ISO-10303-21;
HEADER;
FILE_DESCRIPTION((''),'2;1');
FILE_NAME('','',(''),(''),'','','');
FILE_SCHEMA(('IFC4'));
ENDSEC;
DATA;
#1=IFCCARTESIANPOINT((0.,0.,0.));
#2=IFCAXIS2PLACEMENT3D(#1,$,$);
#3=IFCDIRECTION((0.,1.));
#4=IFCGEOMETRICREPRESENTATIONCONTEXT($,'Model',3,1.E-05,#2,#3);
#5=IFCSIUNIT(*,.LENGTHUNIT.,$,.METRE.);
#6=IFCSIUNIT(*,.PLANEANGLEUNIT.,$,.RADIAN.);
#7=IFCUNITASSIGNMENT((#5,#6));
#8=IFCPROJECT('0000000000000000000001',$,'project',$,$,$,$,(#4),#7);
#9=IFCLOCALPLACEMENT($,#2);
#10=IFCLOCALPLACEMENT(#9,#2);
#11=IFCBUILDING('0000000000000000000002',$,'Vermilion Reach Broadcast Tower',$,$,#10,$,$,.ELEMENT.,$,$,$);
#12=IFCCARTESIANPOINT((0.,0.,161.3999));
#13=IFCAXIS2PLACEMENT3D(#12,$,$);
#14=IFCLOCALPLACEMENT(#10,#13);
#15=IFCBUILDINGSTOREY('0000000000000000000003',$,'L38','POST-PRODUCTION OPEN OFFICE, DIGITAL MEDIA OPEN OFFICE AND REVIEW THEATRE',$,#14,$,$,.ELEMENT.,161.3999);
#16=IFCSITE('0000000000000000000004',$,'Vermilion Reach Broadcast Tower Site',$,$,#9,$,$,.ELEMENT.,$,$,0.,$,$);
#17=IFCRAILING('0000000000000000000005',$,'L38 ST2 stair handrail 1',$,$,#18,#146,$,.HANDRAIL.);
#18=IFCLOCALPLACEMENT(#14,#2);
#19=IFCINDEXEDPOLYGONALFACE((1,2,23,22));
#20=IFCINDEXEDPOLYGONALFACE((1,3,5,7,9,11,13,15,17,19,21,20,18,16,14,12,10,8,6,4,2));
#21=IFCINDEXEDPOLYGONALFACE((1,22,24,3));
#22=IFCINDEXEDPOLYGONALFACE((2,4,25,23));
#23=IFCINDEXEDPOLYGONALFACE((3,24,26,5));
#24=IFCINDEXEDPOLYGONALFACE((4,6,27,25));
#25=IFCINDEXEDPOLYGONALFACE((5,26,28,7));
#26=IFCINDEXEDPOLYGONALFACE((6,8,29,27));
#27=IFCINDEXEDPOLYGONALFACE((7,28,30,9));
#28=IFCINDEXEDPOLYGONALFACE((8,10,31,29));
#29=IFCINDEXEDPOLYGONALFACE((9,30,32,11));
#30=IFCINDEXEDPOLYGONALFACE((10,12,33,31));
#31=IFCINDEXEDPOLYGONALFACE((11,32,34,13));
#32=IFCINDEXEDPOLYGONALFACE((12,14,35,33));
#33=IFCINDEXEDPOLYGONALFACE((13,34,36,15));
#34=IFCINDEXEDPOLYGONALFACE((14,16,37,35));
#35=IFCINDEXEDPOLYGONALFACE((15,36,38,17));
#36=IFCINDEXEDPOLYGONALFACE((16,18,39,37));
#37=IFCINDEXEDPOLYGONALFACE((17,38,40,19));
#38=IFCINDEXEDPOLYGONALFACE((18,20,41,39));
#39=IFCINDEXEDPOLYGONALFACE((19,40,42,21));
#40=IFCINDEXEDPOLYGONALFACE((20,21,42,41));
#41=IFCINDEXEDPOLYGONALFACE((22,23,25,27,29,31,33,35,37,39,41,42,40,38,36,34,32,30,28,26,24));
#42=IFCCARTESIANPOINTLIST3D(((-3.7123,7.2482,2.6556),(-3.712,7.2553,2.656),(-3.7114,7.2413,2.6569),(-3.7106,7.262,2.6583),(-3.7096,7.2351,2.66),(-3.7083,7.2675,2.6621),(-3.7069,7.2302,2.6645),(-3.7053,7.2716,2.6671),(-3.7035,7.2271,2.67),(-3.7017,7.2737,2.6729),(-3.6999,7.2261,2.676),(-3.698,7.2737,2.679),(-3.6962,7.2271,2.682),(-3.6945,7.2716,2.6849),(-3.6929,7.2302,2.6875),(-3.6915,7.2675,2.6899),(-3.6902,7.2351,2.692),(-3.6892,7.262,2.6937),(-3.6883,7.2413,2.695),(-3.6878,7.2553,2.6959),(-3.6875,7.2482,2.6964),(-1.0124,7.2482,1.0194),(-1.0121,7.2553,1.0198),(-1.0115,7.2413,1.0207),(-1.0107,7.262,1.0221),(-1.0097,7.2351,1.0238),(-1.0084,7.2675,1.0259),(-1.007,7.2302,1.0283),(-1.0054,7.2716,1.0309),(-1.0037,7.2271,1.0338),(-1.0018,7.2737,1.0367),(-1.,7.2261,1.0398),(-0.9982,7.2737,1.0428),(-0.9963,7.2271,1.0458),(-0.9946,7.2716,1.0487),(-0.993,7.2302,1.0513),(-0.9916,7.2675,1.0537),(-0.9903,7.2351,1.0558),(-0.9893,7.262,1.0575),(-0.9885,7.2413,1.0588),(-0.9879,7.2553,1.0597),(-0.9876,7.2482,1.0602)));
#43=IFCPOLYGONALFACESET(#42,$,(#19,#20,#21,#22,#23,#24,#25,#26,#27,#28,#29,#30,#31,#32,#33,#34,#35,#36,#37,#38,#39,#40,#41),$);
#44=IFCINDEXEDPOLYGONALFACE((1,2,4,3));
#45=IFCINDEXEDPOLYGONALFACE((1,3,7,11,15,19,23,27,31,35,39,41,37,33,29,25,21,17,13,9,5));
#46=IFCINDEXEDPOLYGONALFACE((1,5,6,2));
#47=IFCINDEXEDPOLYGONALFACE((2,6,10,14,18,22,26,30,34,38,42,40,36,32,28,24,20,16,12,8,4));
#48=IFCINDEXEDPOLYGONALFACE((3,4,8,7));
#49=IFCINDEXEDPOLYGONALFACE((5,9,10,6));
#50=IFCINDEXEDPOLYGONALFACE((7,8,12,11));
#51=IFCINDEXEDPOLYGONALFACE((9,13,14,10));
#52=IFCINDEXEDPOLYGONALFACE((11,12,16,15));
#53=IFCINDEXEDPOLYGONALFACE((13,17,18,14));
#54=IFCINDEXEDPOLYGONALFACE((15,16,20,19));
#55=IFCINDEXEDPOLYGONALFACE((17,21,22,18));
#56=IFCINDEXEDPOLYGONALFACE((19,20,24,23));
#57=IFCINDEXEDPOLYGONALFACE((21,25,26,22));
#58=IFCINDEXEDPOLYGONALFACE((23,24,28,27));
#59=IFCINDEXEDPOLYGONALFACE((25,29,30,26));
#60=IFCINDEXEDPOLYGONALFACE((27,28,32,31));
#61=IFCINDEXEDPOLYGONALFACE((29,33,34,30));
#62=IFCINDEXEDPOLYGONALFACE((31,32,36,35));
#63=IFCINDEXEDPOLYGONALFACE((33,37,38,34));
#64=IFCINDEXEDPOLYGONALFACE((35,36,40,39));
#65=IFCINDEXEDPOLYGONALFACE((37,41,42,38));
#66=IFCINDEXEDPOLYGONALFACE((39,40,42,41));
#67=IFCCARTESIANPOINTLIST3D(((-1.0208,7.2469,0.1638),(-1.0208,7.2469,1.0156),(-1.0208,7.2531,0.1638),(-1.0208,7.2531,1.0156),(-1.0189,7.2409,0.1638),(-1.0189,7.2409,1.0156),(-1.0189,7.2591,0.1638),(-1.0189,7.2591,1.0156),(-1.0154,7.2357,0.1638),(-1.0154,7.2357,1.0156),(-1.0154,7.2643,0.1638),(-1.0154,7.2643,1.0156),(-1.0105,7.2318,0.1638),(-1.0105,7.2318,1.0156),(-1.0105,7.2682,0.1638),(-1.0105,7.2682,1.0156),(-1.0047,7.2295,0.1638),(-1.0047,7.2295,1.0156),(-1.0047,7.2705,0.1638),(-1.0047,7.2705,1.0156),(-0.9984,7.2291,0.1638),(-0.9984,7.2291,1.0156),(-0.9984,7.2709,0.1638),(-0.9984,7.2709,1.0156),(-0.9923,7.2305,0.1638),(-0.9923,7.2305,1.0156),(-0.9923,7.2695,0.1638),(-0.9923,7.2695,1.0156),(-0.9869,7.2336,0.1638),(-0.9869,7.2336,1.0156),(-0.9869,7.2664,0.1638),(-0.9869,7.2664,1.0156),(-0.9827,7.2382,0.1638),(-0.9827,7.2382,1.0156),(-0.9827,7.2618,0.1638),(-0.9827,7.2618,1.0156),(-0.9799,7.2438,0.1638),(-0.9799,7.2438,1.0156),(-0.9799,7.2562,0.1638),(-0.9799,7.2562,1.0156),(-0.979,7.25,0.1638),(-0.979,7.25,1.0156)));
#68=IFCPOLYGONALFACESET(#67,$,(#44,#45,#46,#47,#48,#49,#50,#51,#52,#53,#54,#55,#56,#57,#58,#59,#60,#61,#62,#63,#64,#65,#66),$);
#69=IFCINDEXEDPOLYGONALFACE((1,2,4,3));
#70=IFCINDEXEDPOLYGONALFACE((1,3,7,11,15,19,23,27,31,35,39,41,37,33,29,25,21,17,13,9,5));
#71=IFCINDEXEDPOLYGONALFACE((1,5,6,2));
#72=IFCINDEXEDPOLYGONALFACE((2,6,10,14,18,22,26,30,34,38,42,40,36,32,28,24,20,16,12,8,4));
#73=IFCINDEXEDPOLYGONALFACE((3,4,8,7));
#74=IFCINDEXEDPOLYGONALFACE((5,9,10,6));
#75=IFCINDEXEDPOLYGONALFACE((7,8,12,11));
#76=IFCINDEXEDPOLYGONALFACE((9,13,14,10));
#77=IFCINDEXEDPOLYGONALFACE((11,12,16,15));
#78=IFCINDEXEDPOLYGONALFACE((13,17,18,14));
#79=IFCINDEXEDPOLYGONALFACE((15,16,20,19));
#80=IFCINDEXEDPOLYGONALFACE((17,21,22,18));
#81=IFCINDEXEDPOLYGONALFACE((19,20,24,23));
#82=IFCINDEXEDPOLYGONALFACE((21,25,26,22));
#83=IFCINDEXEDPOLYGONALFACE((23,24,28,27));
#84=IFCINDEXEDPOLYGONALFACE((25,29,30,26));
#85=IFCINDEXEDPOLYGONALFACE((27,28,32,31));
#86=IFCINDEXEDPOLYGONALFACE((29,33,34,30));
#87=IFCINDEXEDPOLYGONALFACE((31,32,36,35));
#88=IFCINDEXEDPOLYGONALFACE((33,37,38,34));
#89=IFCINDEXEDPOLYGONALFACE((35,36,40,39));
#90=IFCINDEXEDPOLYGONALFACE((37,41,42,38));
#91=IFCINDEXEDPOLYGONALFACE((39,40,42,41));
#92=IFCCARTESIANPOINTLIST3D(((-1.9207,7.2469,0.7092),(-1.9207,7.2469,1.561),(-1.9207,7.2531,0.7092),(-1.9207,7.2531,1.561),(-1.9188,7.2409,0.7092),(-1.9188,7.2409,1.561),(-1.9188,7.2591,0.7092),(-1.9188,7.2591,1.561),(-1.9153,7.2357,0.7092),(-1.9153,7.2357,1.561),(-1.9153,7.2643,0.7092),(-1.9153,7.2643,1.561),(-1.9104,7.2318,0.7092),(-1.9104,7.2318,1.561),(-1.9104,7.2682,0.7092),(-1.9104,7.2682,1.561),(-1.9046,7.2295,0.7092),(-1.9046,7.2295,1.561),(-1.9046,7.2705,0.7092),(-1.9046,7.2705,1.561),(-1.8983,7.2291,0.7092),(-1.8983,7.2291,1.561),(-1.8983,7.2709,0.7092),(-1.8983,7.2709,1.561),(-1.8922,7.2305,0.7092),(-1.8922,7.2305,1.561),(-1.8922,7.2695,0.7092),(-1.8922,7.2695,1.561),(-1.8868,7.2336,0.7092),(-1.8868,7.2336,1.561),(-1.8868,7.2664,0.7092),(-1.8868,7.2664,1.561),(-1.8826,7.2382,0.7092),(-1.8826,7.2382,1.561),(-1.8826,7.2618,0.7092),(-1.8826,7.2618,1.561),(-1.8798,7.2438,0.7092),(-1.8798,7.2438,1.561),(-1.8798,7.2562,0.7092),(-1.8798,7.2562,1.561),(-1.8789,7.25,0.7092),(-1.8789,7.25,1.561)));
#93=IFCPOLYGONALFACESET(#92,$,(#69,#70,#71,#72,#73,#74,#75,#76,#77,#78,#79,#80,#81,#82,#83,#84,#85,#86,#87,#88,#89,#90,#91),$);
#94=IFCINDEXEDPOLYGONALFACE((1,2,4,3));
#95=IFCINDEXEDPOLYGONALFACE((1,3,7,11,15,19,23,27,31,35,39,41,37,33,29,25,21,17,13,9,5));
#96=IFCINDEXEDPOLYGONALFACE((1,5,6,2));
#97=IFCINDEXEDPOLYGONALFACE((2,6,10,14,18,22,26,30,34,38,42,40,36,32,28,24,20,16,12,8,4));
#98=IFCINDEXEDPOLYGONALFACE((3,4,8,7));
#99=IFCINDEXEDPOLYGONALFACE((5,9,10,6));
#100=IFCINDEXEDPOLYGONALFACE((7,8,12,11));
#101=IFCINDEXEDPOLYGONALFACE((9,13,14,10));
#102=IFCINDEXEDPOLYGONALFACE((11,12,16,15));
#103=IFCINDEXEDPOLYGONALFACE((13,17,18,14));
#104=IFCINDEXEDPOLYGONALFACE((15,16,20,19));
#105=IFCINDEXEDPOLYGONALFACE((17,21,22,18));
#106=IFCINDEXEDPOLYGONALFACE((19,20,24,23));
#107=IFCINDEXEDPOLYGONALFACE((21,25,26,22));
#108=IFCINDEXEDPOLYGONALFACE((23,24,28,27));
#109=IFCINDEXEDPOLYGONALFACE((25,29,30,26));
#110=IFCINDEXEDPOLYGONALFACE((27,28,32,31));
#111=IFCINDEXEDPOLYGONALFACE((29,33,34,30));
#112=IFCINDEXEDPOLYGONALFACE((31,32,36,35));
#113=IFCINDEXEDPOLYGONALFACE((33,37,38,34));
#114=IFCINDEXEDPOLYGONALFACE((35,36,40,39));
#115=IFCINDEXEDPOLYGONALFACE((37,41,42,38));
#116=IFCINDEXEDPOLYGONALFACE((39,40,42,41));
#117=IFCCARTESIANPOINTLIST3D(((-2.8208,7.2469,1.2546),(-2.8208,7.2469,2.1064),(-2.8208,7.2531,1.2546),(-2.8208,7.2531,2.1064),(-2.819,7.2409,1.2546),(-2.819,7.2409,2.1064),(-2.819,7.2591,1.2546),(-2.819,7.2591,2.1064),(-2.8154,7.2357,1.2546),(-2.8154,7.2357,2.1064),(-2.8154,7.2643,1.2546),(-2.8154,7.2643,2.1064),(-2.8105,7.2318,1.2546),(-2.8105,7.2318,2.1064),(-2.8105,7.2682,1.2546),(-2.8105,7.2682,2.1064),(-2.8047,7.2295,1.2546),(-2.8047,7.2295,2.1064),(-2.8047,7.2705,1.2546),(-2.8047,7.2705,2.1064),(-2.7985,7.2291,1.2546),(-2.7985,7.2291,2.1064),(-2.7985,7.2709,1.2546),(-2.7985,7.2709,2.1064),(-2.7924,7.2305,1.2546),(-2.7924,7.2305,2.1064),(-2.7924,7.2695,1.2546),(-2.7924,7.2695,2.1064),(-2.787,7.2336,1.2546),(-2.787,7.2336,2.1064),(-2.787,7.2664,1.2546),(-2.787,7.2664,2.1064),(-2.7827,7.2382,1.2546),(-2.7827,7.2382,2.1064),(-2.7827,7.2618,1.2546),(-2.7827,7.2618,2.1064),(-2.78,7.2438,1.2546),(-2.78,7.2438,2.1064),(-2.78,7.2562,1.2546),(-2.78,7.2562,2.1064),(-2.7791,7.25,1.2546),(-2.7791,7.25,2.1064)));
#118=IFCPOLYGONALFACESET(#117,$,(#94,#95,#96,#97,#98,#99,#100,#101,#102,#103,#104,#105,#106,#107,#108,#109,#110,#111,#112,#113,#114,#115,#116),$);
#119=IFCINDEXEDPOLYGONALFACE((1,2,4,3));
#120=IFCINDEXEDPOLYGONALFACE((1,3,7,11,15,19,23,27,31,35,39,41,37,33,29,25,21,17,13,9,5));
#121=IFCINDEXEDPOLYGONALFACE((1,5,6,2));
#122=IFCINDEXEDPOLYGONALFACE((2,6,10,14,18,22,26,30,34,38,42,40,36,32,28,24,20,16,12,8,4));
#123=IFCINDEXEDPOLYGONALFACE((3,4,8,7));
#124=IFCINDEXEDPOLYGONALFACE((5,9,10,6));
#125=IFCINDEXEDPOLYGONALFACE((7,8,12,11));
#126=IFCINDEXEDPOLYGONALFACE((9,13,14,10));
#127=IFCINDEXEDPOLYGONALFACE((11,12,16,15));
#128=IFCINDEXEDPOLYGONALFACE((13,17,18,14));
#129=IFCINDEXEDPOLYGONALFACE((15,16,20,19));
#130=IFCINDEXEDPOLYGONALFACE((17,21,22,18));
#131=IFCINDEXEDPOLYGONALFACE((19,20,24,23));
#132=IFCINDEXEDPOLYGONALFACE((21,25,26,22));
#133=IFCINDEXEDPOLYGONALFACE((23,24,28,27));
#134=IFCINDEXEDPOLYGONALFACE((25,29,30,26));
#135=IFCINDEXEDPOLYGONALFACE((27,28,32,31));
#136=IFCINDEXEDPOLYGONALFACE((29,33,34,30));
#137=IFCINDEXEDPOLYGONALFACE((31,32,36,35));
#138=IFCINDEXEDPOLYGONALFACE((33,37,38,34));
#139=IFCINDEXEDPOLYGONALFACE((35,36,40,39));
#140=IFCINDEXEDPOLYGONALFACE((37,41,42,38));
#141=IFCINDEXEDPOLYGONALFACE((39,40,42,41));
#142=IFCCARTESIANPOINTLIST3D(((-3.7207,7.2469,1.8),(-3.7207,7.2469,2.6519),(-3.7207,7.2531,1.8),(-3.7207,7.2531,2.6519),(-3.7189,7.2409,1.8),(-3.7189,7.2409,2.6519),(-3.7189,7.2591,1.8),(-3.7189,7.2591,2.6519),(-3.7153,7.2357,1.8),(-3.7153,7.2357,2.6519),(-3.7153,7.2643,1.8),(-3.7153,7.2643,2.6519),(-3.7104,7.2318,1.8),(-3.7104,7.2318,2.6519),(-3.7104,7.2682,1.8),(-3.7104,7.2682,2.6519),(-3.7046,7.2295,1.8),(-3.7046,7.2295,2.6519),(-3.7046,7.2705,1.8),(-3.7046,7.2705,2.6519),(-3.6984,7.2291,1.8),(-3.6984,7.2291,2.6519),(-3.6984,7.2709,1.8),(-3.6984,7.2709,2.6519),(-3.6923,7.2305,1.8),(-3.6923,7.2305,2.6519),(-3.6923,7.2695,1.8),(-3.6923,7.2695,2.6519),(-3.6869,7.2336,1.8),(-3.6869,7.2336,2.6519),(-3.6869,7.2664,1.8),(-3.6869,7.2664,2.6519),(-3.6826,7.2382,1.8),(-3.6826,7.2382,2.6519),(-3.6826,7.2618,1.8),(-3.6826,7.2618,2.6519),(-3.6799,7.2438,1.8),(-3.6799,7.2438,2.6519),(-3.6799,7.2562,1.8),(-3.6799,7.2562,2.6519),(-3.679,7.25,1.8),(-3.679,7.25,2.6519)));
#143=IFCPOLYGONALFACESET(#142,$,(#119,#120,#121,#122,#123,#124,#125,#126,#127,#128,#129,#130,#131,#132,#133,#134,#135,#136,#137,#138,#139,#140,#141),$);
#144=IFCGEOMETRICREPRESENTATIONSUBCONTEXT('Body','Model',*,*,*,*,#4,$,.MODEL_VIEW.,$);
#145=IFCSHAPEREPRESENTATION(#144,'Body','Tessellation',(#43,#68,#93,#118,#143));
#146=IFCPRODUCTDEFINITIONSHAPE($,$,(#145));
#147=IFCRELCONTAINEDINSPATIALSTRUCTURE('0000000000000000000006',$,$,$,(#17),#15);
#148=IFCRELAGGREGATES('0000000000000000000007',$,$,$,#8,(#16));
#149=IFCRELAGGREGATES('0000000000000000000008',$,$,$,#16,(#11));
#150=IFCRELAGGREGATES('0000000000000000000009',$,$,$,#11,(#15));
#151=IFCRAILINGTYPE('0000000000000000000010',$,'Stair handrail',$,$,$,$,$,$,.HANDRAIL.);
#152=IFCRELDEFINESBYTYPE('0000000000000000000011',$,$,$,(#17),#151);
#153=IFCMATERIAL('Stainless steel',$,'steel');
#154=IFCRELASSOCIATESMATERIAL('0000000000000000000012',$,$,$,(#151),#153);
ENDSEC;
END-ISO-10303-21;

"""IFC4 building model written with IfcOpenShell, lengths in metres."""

from ifc_helpers import new_model, si_unit, direction, frame, origin, origin_2d, place, context, subcontext, project, spatial, circle, extrude, material, type_object, element, save


model = new_model("IFC4")

# Units and contexts
model_context = context("Model", 3, precision=1e-05, world=origin(), true_north=direction((0.0, 1.0)))
body_context = subcontext(model_context, "Body", "Model", "MODEL_VIEW")
ifc_project = project(units=[si_unit("LENGTHUNIT", "METRE"), si_unit("PLANEANGLEUNIT", "RADIAN")], contexts=[model_context])

# Site, building, storey
site_placement = place(None, origin())
site = spatial("IfcSite", under=ifc_project, at=site_placement, Name="Vermilion Reach Broadcast Tower Site", CompositionType="ELEMENT", RefElevation=0.0)
building_placement = place(site_placement, origin())
building = spatial("IfcBuilding", under=site, at=building_placement, Name="Vermilion Reach Broadcast Tower", CompositionType="ELEMENT")
storey_placement = place(building_placement, frame((0.0, 0.0, 161.3999)))
storey = spatial("IfcBuildingStorey", under=building, at=storey_placement, Name="L38", Description="POST-PRODUCTION OPEN OFFICE, DIGITAL MEDIA OPEN OFFICE AND REVIEW THEATRE", CompositionType="ELEMENT", Elevation=161.3999)

# Railing
ifc_material_1 = material(Name="Stainless steel", Category="steel")
railing_type_1 = type_object("IfcRailingType", Name="Stair handrail", PredefinedType="HANDRAIL", material=ifc_material_1)
railing_1_placement = place(storey_placement, frame((-1.0, 7.25, 0.1638)))
element("IfcRailing", 1, at=railing_1_placement, inside=storey, type_object=railing_type_1, Name="L38 ST2 stair handrail 1", PredefinedType="HANDRAIL", context=body_context, shape_type="SweptSolid", body=[
    extrude(circle(Radius=0.0239, at=origin_2d()), frame((0.0, 0.0, 0.876), z_axis=(-0.855212, 0.0, 0.518278), x_axis=(0.0, -1.0, 0.0)), (0.0, 0.0, 1.0), 3.157),
    extrude(circle(Radius=0.021, at=origin_2d()), origin(), (0.0, 0.0, 1.0), 0.8518),
    extrude(circle(Radius=0.021, at=origin_2d()), frame((-0.8999, 0.0, 0.5454)), (0.0, 0.0, 1.0), 0.8518),
    extrude(circle(Radius=0.021, at=origin_2d()), frame((-1.8, 0.0, 1.0908)), (0.0, 0.0, 1.0), 0.8518),
    extrude(circle(Radius=0.021, at=origin_2d()), frame((-2.7, 0.0, 1.6362)), (0.0, 0.0, 1.0), 0.8518),
])

save(model, "model.ifc")
